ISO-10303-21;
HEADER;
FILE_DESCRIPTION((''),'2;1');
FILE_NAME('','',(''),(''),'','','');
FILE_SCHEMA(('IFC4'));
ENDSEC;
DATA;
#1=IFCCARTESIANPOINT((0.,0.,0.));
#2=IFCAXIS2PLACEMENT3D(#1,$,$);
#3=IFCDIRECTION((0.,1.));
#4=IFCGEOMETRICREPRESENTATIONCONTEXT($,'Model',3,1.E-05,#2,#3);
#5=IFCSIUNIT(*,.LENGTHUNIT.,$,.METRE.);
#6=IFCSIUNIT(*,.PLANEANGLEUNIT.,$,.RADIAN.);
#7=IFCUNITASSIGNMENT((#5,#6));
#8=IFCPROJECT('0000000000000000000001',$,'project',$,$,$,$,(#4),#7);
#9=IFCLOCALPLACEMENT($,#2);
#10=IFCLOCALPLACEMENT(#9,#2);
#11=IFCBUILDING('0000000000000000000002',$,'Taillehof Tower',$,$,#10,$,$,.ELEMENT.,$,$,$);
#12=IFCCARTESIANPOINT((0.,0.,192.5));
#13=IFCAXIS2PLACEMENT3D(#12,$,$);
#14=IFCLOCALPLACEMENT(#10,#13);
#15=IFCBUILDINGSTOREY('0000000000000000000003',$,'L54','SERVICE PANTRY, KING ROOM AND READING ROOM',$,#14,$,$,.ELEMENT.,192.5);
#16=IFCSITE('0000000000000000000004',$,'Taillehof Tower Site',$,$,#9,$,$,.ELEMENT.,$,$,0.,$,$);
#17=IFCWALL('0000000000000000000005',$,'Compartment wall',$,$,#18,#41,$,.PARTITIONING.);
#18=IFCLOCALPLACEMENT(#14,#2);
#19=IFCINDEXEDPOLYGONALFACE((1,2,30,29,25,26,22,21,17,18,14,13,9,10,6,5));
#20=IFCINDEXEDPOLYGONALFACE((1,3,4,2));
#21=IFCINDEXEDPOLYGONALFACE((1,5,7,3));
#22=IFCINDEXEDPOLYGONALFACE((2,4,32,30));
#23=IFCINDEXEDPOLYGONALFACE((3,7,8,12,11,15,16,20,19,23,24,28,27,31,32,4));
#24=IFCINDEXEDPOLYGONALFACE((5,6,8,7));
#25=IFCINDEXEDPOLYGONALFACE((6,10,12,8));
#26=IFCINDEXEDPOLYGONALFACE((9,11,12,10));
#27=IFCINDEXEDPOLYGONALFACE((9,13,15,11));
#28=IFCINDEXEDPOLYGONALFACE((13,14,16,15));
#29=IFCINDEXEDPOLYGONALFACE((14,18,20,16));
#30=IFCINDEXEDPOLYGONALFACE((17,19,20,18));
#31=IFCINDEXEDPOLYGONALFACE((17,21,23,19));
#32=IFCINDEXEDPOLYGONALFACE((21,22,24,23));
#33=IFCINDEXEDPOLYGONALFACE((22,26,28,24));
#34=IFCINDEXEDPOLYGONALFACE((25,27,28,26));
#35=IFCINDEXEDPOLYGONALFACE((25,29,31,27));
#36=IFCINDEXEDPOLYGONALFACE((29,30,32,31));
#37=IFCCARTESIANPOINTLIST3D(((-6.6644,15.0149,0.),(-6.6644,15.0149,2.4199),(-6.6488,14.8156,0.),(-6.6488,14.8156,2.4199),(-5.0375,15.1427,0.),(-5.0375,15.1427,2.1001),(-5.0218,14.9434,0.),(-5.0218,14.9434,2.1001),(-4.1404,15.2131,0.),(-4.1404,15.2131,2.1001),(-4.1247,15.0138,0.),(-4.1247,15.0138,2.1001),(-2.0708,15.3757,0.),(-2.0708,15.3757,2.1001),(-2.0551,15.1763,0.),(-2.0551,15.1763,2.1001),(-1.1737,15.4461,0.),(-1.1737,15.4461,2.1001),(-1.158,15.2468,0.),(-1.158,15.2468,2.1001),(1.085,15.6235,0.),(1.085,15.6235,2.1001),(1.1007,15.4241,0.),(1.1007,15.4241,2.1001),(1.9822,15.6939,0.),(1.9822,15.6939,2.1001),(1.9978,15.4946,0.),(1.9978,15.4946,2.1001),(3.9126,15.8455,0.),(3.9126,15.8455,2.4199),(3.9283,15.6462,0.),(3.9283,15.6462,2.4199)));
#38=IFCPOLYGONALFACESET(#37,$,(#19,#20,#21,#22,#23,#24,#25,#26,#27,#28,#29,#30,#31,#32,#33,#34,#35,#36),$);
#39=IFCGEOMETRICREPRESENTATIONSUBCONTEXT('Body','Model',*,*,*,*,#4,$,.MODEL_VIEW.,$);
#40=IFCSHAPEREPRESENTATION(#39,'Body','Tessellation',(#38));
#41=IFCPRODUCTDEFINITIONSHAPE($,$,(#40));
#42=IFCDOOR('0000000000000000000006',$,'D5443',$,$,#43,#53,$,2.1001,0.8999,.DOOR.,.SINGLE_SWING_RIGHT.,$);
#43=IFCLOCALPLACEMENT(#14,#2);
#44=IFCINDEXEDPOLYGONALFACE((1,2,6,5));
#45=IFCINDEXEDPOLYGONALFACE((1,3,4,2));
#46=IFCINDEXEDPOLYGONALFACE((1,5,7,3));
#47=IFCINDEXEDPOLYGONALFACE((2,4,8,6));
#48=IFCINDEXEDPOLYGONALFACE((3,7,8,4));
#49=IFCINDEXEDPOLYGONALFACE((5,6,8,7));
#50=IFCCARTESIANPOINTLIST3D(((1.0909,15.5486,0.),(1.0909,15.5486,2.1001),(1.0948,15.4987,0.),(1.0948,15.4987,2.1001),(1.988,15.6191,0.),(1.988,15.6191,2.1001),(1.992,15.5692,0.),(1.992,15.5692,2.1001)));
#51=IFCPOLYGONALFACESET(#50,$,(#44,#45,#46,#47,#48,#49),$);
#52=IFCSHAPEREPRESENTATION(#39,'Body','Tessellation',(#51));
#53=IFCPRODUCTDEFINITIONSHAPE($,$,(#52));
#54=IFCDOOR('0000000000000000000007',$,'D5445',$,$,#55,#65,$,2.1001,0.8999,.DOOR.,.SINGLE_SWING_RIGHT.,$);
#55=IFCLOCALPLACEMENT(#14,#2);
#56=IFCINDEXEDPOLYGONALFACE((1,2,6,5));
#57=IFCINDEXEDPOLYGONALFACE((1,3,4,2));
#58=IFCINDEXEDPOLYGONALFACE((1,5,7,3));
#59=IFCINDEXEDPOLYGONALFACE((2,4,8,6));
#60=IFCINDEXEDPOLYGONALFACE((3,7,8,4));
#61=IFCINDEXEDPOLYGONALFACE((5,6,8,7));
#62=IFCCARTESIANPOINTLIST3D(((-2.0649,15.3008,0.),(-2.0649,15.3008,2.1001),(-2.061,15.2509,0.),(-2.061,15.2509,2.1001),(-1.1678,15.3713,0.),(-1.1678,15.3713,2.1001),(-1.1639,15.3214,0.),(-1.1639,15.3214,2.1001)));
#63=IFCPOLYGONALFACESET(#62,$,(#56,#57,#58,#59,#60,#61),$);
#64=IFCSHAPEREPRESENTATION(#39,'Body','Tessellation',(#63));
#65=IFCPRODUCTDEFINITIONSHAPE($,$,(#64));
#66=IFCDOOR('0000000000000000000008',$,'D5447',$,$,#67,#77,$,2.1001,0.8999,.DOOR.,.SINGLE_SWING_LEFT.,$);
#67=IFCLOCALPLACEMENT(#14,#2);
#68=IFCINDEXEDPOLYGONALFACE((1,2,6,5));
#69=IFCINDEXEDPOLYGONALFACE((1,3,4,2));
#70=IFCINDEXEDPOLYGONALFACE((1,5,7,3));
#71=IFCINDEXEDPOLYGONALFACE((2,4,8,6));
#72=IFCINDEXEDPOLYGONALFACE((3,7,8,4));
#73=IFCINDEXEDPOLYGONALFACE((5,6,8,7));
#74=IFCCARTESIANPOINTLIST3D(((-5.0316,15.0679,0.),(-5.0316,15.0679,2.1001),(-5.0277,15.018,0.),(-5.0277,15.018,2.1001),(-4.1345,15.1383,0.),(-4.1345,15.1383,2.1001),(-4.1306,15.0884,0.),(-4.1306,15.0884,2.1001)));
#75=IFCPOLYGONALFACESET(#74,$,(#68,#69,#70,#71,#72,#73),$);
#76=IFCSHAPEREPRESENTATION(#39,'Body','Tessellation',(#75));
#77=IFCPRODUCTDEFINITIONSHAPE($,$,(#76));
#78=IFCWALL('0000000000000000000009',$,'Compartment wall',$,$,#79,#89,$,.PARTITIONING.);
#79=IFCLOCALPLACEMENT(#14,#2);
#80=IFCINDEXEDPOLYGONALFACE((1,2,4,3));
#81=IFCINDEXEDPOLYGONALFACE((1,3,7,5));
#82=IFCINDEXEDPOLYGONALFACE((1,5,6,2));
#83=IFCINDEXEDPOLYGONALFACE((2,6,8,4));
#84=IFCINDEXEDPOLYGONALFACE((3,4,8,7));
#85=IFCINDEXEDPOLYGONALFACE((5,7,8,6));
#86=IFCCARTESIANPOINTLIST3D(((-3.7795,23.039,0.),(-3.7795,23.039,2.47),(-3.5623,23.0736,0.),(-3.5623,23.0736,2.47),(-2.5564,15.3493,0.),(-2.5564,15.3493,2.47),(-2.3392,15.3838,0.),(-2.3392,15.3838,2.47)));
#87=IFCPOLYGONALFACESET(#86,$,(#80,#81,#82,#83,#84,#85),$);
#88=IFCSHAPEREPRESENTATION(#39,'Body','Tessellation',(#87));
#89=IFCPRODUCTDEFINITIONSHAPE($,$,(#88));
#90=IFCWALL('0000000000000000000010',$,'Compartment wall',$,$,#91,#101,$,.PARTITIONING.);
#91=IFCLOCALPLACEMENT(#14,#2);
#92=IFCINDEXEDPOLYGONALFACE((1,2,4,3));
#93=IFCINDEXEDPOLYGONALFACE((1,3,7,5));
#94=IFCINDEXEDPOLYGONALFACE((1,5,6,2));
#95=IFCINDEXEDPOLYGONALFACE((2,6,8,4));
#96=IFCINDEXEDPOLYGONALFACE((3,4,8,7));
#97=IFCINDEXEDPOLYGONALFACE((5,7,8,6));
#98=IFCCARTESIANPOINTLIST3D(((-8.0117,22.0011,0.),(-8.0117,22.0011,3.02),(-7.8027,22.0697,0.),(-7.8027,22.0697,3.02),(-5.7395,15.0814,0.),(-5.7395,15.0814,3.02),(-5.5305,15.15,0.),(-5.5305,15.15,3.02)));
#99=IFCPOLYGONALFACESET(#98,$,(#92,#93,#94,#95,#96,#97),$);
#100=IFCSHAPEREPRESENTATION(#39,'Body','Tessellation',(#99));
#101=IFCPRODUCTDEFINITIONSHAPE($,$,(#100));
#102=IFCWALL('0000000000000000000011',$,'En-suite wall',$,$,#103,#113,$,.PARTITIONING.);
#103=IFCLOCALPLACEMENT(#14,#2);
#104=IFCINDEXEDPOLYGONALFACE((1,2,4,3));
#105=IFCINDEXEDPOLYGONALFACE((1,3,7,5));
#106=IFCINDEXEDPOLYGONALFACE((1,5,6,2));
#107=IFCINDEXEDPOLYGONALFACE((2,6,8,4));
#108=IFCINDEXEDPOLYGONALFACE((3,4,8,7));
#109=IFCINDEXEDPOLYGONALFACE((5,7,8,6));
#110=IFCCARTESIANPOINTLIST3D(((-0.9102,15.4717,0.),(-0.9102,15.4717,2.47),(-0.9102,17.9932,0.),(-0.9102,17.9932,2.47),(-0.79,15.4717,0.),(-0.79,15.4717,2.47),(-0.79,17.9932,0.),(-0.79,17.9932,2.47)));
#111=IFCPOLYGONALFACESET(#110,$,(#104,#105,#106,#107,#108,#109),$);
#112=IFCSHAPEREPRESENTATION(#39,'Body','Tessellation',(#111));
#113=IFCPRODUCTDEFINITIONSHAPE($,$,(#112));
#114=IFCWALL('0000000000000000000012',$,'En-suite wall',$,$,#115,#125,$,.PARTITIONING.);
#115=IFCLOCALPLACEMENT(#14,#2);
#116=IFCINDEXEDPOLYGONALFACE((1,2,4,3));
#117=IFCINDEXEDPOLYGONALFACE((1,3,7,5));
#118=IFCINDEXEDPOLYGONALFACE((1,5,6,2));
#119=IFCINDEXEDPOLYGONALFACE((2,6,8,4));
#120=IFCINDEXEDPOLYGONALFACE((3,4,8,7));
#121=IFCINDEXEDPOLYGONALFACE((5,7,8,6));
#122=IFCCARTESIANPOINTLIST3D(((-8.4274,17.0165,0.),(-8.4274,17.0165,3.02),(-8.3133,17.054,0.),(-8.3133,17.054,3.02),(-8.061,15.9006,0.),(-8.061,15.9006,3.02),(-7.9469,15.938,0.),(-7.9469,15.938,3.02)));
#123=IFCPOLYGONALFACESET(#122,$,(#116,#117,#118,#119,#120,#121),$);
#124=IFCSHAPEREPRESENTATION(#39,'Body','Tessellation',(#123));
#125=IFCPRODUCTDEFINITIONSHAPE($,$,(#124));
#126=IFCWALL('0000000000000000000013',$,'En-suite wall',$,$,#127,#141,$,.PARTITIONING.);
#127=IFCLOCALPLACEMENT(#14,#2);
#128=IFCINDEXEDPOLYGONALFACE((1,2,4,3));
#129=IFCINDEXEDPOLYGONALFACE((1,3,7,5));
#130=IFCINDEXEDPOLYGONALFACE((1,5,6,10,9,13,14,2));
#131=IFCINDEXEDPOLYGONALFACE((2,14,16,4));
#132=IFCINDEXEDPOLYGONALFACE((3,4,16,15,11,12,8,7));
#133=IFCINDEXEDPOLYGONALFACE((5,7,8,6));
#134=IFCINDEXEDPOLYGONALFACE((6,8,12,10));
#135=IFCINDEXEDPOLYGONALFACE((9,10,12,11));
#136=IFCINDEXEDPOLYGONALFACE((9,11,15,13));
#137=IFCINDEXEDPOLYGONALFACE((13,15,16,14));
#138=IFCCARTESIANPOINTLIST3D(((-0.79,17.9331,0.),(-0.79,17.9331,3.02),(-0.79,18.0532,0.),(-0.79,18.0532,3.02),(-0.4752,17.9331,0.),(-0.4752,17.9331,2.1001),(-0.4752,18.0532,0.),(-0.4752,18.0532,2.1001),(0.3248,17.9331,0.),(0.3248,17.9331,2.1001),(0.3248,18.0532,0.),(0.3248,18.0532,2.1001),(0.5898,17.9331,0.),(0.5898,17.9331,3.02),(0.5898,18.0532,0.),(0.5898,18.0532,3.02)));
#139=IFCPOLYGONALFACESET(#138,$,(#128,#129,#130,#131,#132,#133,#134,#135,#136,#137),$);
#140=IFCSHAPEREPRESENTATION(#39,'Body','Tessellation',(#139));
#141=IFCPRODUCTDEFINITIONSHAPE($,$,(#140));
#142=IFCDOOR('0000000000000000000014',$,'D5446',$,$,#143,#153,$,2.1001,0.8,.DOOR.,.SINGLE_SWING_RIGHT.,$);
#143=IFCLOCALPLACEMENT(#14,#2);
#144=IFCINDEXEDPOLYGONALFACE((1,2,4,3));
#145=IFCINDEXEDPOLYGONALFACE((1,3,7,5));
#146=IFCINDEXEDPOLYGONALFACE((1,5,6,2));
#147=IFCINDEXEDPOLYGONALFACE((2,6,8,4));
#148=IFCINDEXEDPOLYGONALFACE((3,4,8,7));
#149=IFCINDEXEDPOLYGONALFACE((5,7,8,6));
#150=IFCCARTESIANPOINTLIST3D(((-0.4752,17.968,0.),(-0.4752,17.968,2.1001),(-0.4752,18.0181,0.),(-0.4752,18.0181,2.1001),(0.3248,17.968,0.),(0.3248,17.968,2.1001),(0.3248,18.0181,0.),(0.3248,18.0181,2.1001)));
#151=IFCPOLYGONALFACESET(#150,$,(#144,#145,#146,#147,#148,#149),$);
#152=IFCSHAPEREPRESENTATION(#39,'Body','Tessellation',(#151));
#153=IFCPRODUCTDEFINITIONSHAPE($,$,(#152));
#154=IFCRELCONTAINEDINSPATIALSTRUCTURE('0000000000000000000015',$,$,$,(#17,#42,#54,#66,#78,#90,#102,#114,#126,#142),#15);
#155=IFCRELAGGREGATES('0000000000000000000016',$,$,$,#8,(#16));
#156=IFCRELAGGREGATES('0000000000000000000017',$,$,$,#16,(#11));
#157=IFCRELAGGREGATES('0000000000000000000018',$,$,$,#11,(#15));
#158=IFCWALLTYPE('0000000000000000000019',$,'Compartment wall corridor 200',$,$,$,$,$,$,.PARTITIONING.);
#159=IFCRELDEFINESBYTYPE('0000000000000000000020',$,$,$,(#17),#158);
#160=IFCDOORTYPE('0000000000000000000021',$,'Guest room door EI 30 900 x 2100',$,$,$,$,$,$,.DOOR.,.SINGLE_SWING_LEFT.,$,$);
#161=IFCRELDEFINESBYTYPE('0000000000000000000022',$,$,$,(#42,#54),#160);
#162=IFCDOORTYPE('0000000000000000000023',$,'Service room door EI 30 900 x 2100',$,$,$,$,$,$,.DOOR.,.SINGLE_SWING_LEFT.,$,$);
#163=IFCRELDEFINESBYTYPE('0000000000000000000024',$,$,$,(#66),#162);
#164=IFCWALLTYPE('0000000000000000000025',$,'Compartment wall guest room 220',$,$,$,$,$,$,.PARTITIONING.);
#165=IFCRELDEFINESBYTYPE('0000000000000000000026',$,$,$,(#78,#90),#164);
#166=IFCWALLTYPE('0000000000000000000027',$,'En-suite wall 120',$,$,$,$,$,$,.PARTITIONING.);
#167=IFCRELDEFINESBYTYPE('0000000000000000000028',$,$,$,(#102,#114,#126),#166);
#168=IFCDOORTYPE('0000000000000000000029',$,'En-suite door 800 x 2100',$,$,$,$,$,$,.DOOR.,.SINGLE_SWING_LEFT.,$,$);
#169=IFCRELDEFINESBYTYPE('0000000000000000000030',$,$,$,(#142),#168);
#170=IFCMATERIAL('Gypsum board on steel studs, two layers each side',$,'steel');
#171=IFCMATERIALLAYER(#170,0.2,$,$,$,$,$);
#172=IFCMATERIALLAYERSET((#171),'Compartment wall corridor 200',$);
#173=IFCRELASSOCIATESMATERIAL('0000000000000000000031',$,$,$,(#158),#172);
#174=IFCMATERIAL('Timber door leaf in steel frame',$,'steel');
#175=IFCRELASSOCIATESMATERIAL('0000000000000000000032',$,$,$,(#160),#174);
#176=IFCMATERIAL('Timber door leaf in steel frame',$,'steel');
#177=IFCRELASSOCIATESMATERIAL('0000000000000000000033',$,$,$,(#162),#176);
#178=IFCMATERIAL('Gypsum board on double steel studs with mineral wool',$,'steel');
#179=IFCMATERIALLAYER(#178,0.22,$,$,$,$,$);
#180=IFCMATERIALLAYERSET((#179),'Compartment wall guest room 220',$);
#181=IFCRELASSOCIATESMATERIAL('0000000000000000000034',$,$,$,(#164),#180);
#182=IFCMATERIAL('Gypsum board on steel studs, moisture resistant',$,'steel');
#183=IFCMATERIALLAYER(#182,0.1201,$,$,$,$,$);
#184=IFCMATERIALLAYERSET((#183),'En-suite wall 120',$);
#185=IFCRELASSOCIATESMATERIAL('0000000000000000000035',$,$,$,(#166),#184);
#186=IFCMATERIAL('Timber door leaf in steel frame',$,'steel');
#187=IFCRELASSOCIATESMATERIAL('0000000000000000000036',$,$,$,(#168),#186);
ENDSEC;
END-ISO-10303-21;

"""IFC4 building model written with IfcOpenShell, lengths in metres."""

from ifc_helpers import new_model, si_unit, direction, frame, frame_2d, origin, place, context, subcontext, project, spatial, rectangle, extrude, material, layer, layer_set, type_object, element, fill, save


model = new_model("IFC4")

# Units and contexts
model_context = context("Model", 3, precision=1e-05, world=origin(), true_north=direction((0.0, 1.0)))
body_context = subcontext(model_context, "Body", "Model", "MODEL_VIEW")
ifc_project = project(units=[si_unit("LENGTHUNIT", "METRE"), si_unit("PLANEANGLEUNIT", "RADIAN")], contexts=[model_context])

# Site, building, storey
site_placement = place(None, origin())
site = spatial("IfcSite", under=ifc_project, at=site_placement, Name="Taillehof Tower Site", CompositionType="ELEMENT", RefElevation=0.0)
building_placement = place(site_placement, origin())
building = spatial("IfcBuilding", under=site, at=building_placement, Name="Taillehof Tower", CompositionType="ELEMENT")
storey_placement = place(building_placement, frame((0.0, 0.0, 192.5)))
storey = spatial("IfcBuildingStorey", under=building, at=storey_placement, Name="L54", Description="SERVICE PANTRY, KING ROOM AND READING ROOM", CompositionType="ELEMENT", Elevation=192.5)

# Shared definitions
ifc_material_1 = material(Name="Gypsum board on steel studs, two layers each side", Category="steel")
ifc_layer_1 = layer(ifc_material_1, 0.2)
ifc_layer_set_1 = layer_set([ifc_layer_1], Name="Compartment wall corridor 200")
wall_type_1 = type_object("IfcWallType", Name="Compartment wall corridor 200", PredefinedType="PARTITIONING", material=ifc_layer_set_1)

# Wall, openings, doors
wall_1_placement = place(storey_placement, frame((-6.6565, 14.9153, 0.0), z_axis=(0.0, 0.0, 1.0), x_axis=(0.996931, 0.078284, 0.0)))
wall_1 = element("IfcWall", 1, at=wall_1_placement, inside=storey, type_object=wall_type_1, Name="Compartment wall", PredefinedType="PARTITIONING", context=body_context, shape_type="SweptSolid", body=[
    extrude(rectangle(XDim=10.6096, YDim=0.2, at=frame_2d((5.3047, 0.0))), origin(), (0.0, 0.0, 1.0), 2.4199),
])
opening_1_placement = place(wall_1_placement, frame((7.7732, 0.0, 0.0)))
opening_1 = element("IfcOpeningElement", 2, at=opening_1_placement, cuts=wall_1, PredefinedType="OPENING", context=body_context, shape_type="SweptSolid", body=[
    extrude(rectangle(XDim=0.8999, YDim=2.1001, at=frame_2d((0.45, 1.05))), frame((0.0, 0.1099, 0.0), z_axis=(0.0, -1.0, 0.0), x_axis=(1.0, 0.0, 0.0)), (0.0, 0.0, 1.0), 0.22),
])
opening_2_placement = place(wall_1_placement, frame((4.6077, 0.0, 0.0)))
opening_2 = element("IfcOpeningElement", 3, at=opening_2_placement, cuts=wall_1, PredefinedType="OPENING", context=body_context, shape_type="SweptSolid", body=[
    extrude(rectangle(XDim=0.8999, YDim=2.1001, at=frame_2d((0.45, 1.05))), frame((0.0, 0.1099, 0.0), z_axis=(0.0, -1.0, 0.0), x_axis=(1.0, 0.0, 0.0)), (0.0, 0.0, 1.0), 0.22),
])
opening_3_placement = place(wall_1_placement, frame((1.6318, 0.0, 0.0)))
opening_3 = element("IfcOpeningElement", 4, at=opening_3_placement, cuts=wall_1, PredefinedType="OPENING", context=body_context, shape_type="SweptSolid", body=[
    extrude(rectangle(XDim=0.8999, YDim=2.1001, at=frame_2d((0.45, 1.05))), frame((0.0, 0.1099, 0.0), z_axis=(0.0, -1.0, 0.0), x_axis=(1.0, 0.0, 0.0)), (0.0, 0.0, 1.0), 0.22),
])
ifc_material_2 = material(Name="Timber door leaf in steel frame", Category="steel")
door_type_1 = type_object("IfcDoorType", Name="Guest room door EI 30 900 x 2100", OperationType="SINGLE_SWING_LEFT", PredefinedType="DOOR", material=ifc_material_2)
door_1_placement = place(opening_1_placement, origin())
door_1 = element("IfcDoor", 5, at=door_1_placement, inside=storey, type_object=door_type_1, Name="D5443", OperationType="SINGLE_SWING_RIGHT", OverallHeight=2.1001, OverallWidth=0.8999, PredefinedType="DOOR", context=body_context, shape_type="SweptSolid", body=[
    extrude(rectangle(XDim=0.8999, YDim=2.1001, at=frame_2d((0.45, 1.05))), frame((0.0, 0.0249, 0.0), z_axis=(0.0, -1.0, 0.0), x_axis=(1.0, 0.0, 0.0)), (0.0, 0.0, 1.0), 0.05),
])
fill(opening_1, door_1)
door_2_placement = place(opening_2_placement, origin())
door_2 = element("IfcDoor", 6, at=door_2_placement, inside=storey, type_object=door_type_1, Name="D5445", OperationType="SINGLE_SWING_RIGHT", OverallHeight=2.1001, OverallWidth=0.8999, PredefinedType="DOOR", context=body_context, shape_type="SweptSolid", body=[
    extrude(rectangle(XDim=0.8999, YDim=2.1001, at=frame_2d((0.45, 1.05))), frame((0.0, 0.0249, 0.0), z_axis=(0.0, -1.0, 0.0), x_axis=(1.0, 0.0, 0.0)), (0.0, 0.0, 1.0), 0.05),
])
fill(opening_2, door_2)
ifc_material_3 = material(Name="Timber door leaf in steel frame", Category="steel")
door_type_2 = type_object("IfcDoorType", Name="Service room door EI 30 900 x 2100", OperationType="SINGLE_SWING_LEFT", PredefinedType="DOOR", material=ifc_material_3)
door_3_placement = place(opening_3_placement, origin())
door_3 = element("IfcDoor", 7, at=door_3_placement, inside=storey, type_object=door_type_2, Name="D5447", OperationType="SINGLE_SWING_LEFT", OverallHeight=2.1001, OverallWidth=0.8999, PredefinedType="DOOR", context=body_context, shape_type="SweptSolid", body=[
    extrude(rectangle(XDim=0.8999, YDim=2.1001, at=frame_2d((0.45, 1.05))), frame((0.0, 0.0249, 0.0), z_axis=(0.0, -1.0, 0.0), x_axis=(1.0, 0.0, 0.0)), (0.0, 0.0, 1.0), 0.05),
])
fill(opening_3, door_3)

# Walls
ifc_material_4 = material(Name="Gypsum board on double steel studs with mineral wool", Category="steel")
ifc_layer_2 = layer(ifc_material_4, 0.22)
ifc_layer_set_2 = layer_set([ifc_layer_2], Name="Compartment wall guest room 220")
wall_type_2 = type_object("IfcWallType", Name="Compartment wall guest room 220", PredefinedType="PARTITIONING", material=ifc_layer_set_2)
wall_2_placement = place(storey_placement, frame((-3.6709, 23.0562, 0.0), z_axis=(0.0, 0.0, 1.0), x_axis=(0.157088, -0.987585, 0.0)))
element("IfcWall", 8, at=wall_2_placement, inside=storey, type_object=wall_type_2, Name="Compartment wall", PredefinedType="PARTITIONING", context=body_context, shape_type="SweptSolid", body=[
    extrude(rectangle(XDim=7.7864, YDim=0.22, at=frame_2d((3.8931, 0.0))), origin(), (0.0, 0.0, 1.0), 2.47),
])
wall_3_placement = place(storey_placement, frame((-7.9072, 22.0354, 0.0), z_axis=(0.0, 0.0, 1.0), x_axis=(0.311981, -0.950088, 0.0)))
element("IfcWall", 9, at=wall_3_placement, inside=storey, type_object=wall_type_2, Name="Compartment wall", PredefinedType="PARTITIONING", context=body_context, shape_type="SweptSolid", body=[
    extrude(rectangle(XDim=7.2832, YDim=0.22, at=frame_2d((3.6416, 0.0))), origin(), (0.0, 0.0, 1.0), 3.02),
])
ifc_material_5 = material(Name="Gypsum board on steel studs, moisture resistant", Category="steel")
ifc_layer_3 = layer(ifc_material_5, 0.1201)
ifc_layer_set_3 = layer_set([ifc_layer_3], Name="En-suite wall 120")
wall_type_3 = type_object("IfcWallType", Name="En-suite wall 120", PredefinedType="PARTITIONING", material=ifc_layer_set_3)
wall_4_placement = place(storey_placement, frame((-0.8501, 15.4717, 0.0), z_axis=(0.0, 0.0, 1.0), x_axis=(0.0, 1.0, 0.0)))
element("IfcWall", 10, at=wall_4_placement, inside=storey, type_object=wall_type_3, Name="En-suite wall", PredefinedType="PARTITIONING", context=body_context, shape_type="SweptSolid", body=[
    extrude(rectangle(XDim=2.5215, YDim=0.1201, at=frame_2d((1.2607, 0.0))), origin(), (0.0, 0.0, 1.0), 2.47),
])
wall_5_placement = place(storey_placement, frame((-8.0039, 15.9192, 0.0), z_axis=(0.0, 0.0, 1.0), x_axis=(-0.311984, 0.950087, 0.0)))
element("IfcWall", 11, at=wall_5_placement, inside=storey, type_object=wall_type_3, Name="En-suite wall", PredefinedType="PARTITIONING", context=body_context, shape_type="SweptSolid", body=[
    extrude(rectangle(XDim=1.1746, YDim=0.1201, at=frame_2d((0.5874, 0.0))), origin(), (0.0, 0.0, 1.0), 3.02),
])

# Wall, opening, door
wall_6_placement = place(storey_placement, frame((-0.79, 17.9932, 0.0), z_axis=(0.0, 0.0, 1.0), x_axis=(1.0, 0.0, 0.0)))
wall_6 = element("IfcWall", 12, at=wall_6_placement, inside=storey, type_object=wall_type_3, Name="En-suite wall", PredefinedType="PARTITIONING", context=body_context, shape_type="SweptSolid", body=[
    extrude(rectangle(XDim=1.3799, YDim=0.1201, at=frame_2d((0.6899, 0.0))), origin(), (0.0, 0.0, 1.0), 3.02),
])
opening_4_placement = place(wall_6_placement, frame((0.3149, 0.0, 0.0)))
opening_4 = element("IfcOpeningElement", 13, at=opening_4_placement, cuts=wall_6, PredefinedType="OPENING", context=body_context, shape_type="SweptSolid", body=[
    extrude(rectangle(XDim=0.8, YDim=2.1001, at=frame_2d((0.3999, 1.05))), frame((0.0, 0.0701, 0.0), z_axis=(0.0, -1.0, 0.0), x_axis=(1.0, 0.0, 0.0)), (0.0, 0.0, 1.0), 0.1401),
])
ifc_material_6 = material(Name="Timber door leaf in steel frame", Category="steel")
door_type_3 = type_object("IfcDoorType", Name="En-suite door 800 x 2100", OperationType="SINGLE_SWING_LEFT", PredefinedType="DOOR", material=ifc_material_6)
door_4_placement = place(opening_4_placement, origin())
door_4 = element("IfcDoor", 14, at=door_4_placement, inside=storey, type_object=door_type_3, Name="D5446", OperationType="SINGLE_SWING_RIGHT", OverallHeight=2.1001, OverallWidth=0.8, PredefinedType="DOOR", context=body_context, shape_type="SweptSolid", body=[
    extrude(rectangle(XDim=0.8, YDim=2.1001, at=frame_2d((0.3999, 1.05))), frame((0.0, 0.0249, 0.0), z_axis=(0.0, -1.0, 0.0), x_axis=(1.0, 0.0, 0.0)), (0.0, 0.0, 1.0), 0.05),
])
fill(opening_4, door_4)

save(model, "model.ifc")
